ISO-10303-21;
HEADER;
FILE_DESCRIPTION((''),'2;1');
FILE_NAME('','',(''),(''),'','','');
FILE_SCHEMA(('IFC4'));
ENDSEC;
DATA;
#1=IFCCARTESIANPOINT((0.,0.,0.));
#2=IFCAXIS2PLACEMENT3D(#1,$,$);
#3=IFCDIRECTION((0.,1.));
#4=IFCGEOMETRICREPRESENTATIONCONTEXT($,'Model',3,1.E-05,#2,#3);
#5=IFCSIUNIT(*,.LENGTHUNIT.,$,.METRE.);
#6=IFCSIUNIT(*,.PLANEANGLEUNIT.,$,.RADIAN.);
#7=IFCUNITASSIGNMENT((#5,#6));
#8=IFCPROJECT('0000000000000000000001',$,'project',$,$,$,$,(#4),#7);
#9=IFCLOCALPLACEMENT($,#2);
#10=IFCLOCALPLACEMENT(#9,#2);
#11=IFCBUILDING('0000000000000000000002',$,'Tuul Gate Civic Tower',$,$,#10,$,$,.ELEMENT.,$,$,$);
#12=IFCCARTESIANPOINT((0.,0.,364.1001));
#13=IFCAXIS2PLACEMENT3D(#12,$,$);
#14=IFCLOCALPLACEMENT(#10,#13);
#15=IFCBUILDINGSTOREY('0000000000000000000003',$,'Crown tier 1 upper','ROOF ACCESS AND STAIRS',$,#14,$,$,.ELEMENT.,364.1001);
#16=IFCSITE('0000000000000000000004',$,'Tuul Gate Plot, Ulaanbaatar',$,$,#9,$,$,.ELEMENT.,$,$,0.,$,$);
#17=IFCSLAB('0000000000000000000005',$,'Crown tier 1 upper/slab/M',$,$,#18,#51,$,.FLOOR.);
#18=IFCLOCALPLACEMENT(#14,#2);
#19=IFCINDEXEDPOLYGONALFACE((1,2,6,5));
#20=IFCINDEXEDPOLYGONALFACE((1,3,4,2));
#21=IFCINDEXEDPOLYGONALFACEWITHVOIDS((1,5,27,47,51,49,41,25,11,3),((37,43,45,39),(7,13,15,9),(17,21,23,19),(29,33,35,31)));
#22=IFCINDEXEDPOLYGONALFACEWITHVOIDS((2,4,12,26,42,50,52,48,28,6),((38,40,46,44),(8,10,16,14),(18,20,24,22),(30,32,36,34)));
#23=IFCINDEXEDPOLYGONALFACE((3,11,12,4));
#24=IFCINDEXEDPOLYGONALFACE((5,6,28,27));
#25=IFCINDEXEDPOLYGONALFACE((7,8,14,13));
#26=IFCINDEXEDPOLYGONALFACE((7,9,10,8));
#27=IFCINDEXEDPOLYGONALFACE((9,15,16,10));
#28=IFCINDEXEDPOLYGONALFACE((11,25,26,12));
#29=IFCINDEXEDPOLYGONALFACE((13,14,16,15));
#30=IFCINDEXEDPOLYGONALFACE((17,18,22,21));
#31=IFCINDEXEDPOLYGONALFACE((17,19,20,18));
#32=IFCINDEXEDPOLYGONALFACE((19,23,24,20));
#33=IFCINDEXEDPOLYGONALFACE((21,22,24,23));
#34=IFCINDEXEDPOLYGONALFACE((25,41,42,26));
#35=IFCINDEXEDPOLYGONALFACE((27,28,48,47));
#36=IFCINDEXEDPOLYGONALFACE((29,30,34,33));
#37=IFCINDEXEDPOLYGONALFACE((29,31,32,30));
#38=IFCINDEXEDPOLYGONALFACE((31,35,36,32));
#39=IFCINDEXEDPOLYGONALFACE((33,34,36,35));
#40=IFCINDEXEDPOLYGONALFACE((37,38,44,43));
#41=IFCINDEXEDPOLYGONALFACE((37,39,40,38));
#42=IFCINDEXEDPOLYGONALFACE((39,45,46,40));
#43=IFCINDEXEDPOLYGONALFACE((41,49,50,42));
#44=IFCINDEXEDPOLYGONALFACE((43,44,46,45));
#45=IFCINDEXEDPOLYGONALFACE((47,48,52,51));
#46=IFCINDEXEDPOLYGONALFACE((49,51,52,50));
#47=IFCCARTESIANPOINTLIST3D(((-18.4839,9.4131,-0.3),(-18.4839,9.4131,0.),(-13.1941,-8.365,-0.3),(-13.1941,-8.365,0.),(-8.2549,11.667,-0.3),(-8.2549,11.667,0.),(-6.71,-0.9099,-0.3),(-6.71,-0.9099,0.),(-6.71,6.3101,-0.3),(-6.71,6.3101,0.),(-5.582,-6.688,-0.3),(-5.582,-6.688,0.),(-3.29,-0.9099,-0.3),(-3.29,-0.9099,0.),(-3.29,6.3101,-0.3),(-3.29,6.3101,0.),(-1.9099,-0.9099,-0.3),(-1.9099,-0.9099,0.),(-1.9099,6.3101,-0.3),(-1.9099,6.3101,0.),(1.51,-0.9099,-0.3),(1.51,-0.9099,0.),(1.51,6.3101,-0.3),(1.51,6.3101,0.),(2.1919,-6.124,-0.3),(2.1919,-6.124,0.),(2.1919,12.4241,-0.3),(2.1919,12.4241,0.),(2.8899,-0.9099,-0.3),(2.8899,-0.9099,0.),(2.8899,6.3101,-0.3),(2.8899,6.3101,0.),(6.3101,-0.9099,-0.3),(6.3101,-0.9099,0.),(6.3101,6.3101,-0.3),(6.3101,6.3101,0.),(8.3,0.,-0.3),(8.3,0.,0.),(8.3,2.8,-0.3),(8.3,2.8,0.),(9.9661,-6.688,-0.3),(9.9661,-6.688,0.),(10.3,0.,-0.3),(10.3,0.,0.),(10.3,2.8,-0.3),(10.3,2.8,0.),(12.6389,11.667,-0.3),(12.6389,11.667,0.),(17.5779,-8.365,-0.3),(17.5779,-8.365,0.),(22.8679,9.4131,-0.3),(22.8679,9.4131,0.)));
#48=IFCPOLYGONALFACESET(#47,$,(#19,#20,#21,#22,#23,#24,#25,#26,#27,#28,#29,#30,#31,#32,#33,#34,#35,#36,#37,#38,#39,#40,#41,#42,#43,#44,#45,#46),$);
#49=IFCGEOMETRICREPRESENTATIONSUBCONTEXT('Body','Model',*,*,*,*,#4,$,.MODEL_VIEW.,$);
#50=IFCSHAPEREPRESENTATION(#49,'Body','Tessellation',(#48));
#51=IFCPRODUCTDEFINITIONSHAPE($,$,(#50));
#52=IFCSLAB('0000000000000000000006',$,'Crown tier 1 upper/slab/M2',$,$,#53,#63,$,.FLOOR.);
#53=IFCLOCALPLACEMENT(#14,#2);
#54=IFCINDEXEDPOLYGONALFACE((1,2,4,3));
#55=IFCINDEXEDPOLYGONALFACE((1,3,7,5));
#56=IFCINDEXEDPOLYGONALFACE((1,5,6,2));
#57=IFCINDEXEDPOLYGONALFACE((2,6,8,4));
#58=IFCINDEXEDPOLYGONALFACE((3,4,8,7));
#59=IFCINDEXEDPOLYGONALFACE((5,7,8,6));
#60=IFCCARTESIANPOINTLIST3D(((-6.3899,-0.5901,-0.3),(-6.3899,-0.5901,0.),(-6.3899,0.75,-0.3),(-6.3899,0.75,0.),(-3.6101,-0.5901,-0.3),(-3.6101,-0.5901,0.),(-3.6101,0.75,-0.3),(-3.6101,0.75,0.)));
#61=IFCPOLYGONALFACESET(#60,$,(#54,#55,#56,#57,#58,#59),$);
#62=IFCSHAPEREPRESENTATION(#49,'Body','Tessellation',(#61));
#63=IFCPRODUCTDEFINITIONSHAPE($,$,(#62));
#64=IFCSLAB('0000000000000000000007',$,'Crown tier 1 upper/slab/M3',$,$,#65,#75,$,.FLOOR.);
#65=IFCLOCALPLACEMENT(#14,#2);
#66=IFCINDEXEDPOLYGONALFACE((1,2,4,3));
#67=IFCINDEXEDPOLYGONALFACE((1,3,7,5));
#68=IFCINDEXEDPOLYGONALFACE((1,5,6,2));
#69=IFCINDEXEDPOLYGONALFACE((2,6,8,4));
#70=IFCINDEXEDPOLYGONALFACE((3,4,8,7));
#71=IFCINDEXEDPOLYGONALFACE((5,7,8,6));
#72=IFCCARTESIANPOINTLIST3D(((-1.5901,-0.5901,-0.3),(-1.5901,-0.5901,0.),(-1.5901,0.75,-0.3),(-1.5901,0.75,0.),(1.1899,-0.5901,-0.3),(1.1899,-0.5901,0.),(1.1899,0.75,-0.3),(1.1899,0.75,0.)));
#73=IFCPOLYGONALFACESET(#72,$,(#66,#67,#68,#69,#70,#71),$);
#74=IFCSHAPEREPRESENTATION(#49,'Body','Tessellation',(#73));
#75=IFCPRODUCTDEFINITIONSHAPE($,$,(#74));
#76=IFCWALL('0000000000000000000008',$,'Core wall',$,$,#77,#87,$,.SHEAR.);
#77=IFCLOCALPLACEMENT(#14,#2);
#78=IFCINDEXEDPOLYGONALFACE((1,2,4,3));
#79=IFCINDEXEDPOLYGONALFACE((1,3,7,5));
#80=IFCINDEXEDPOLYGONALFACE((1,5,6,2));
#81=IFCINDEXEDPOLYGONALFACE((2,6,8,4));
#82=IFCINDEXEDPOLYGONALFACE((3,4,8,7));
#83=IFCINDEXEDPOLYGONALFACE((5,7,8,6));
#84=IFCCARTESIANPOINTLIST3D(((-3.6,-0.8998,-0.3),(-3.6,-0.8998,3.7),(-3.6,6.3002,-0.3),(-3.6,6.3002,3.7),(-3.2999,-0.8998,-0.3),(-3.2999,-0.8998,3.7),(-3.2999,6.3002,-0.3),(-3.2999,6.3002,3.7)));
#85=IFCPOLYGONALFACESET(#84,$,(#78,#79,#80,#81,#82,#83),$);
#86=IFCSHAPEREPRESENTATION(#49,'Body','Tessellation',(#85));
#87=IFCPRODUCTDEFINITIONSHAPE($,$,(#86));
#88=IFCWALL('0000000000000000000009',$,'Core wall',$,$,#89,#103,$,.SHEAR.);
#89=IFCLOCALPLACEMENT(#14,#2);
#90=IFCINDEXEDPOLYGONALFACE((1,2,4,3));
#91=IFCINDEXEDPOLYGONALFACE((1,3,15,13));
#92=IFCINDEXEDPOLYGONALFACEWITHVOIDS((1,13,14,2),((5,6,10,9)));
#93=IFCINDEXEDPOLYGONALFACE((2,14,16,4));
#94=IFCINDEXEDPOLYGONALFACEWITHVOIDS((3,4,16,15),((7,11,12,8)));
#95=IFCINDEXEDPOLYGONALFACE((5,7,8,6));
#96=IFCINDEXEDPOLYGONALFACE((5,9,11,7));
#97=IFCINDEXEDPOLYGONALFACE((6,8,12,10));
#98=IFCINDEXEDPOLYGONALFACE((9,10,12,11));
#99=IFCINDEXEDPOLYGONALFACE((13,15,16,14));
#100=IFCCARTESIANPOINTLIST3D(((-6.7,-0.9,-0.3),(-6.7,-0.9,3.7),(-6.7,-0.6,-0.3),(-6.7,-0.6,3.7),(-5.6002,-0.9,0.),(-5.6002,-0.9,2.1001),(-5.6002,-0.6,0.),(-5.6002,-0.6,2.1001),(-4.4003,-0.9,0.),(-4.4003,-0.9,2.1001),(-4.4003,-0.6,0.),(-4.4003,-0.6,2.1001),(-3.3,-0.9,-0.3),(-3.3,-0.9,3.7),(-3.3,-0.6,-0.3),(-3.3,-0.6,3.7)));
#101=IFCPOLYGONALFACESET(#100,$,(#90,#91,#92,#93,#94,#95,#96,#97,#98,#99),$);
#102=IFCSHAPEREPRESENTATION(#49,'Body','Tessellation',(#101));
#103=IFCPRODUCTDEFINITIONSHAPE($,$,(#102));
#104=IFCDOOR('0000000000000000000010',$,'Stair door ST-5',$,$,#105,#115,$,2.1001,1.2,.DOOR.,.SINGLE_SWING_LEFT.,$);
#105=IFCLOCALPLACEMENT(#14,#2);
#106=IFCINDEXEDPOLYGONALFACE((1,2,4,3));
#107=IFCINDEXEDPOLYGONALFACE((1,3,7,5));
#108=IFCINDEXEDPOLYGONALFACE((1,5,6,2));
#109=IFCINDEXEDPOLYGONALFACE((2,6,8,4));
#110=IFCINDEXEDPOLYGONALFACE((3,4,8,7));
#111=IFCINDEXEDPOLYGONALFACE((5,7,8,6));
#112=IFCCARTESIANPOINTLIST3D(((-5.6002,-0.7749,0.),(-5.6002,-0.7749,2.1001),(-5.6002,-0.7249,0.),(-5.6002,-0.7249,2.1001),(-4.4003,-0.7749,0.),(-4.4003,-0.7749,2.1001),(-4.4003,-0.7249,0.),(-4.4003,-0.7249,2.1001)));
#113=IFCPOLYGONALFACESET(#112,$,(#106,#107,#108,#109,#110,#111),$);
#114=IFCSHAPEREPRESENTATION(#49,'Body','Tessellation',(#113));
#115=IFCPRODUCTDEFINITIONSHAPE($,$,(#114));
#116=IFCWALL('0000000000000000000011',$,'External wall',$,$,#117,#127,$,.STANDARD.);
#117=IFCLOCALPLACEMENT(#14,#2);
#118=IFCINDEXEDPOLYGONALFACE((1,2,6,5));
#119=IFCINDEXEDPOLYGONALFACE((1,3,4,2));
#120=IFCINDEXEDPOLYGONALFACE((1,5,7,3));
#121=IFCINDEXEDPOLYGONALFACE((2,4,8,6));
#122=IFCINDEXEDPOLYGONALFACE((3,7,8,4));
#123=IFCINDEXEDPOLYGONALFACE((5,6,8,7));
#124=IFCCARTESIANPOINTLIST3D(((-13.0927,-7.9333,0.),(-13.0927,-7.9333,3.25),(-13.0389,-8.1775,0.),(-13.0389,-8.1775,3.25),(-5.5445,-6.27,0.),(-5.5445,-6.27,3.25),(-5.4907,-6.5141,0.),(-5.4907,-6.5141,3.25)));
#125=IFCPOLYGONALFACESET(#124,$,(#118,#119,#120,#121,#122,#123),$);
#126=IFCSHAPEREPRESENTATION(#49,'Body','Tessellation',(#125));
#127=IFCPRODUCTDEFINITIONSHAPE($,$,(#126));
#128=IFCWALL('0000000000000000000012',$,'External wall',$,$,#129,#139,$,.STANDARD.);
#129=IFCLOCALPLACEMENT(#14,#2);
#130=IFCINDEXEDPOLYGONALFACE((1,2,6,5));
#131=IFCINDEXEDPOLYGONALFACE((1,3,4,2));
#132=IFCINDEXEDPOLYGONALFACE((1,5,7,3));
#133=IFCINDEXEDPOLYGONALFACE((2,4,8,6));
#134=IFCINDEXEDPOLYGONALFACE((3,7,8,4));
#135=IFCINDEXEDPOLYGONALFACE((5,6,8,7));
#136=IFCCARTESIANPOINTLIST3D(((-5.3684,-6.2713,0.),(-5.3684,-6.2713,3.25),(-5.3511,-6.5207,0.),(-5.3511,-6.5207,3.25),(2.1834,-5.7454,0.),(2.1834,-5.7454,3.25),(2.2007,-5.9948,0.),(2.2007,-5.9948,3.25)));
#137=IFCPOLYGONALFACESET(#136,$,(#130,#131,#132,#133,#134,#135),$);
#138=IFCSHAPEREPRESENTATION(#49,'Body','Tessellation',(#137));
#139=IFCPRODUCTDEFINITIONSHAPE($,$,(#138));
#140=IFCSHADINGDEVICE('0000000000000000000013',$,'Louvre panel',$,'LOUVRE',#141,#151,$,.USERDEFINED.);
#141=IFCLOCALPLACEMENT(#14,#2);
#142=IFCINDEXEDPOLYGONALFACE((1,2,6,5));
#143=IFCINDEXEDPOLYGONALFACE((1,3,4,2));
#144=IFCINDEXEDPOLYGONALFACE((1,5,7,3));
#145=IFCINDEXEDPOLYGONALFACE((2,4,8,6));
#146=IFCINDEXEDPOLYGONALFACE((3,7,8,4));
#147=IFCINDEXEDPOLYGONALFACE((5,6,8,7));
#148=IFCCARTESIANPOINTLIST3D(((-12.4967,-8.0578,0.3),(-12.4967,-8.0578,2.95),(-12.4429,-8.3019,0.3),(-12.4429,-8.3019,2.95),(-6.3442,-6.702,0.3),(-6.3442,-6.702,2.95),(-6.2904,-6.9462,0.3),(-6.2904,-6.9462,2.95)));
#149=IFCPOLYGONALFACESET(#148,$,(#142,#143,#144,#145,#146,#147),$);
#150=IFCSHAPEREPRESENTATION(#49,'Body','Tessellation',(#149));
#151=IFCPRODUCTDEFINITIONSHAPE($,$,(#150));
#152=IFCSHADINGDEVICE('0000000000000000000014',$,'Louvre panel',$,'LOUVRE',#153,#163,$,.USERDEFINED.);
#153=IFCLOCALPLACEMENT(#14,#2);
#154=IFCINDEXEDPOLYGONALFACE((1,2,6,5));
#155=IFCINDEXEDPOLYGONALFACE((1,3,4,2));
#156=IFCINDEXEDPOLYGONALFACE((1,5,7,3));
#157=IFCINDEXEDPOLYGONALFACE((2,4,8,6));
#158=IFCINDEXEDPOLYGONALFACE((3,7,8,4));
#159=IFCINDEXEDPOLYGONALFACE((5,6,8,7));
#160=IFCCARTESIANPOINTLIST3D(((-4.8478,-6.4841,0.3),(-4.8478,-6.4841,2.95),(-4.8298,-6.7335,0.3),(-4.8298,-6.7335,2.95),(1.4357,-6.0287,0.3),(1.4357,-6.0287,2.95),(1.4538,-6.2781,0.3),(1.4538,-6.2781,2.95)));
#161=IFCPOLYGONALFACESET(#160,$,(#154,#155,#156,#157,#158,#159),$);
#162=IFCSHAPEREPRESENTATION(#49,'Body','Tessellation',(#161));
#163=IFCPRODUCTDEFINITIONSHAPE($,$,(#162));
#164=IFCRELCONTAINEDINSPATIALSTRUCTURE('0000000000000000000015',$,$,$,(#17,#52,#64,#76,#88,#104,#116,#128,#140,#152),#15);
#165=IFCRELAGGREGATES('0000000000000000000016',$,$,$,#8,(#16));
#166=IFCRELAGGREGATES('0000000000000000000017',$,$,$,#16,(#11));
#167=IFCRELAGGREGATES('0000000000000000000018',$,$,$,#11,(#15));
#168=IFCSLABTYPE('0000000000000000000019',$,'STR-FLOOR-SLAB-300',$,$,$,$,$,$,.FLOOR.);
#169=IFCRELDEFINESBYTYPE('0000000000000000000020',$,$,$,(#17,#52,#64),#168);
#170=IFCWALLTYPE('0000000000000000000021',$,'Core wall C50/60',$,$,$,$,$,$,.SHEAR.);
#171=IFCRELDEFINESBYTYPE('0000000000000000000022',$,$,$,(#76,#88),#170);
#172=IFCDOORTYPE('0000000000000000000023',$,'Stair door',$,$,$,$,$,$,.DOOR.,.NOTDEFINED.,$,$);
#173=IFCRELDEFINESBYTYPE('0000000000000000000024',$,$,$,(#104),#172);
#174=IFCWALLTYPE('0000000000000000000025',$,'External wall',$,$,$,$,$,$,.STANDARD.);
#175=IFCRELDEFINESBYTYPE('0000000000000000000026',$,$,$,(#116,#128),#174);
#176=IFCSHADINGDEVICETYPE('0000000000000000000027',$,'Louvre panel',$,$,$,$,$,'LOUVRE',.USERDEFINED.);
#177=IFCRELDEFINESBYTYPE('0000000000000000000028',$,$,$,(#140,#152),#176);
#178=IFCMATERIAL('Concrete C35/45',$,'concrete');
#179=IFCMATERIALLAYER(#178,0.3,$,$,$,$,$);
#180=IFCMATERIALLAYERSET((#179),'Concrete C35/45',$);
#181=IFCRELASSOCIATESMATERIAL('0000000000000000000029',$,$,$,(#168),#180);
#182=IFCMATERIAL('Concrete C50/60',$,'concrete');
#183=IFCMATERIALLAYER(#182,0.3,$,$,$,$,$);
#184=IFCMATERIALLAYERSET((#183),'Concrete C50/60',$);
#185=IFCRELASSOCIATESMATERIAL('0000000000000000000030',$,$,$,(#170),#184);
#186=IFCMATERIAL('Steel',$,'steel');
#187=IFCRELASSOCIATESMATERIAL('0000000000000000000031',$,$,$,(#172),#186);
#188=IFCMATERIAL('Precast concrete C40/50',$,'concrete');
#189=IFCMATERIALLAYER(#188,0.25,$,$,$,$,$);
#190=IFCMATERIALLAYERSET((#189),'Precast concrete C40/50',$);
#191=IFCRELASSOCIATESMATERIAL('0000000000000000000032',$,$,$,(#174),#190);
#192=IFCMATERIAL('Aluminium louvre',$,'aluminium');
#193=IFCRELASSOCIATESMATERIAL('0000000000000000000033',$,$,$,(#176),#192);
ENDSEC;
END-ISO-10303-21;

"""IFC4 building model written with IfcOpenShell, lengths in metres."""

from ifc_helpers import new_model, si_unit, direction, frame, frame_2d, origin, origin_2d, place, context, subcontext, project, spatial, polyline, rectangle, outline, extrude, material, layer, layer_set, type_object, element, fill, save


model = new_model("IFC4")

# Units and contexts
model_context = context("Model", 3, precision=1e-05, world=origin(), true_north=direction((0.0, 1.0)))
body_context = subcontext(model_context, "Body", "Model", "MODEL_VIEW")
ifc_project = project(units=[si_unit("LENGTHUNIT", "METRE"), si_unit("PLANEANGLEUNIT", "RADIAN")], contexts=[model_context])

# Site, building, storey
site_placement = place(None, origin())
site = spatial("IfcSite", under=ifc_project, at=site_placement, Name="Tuul Gate Plot, Ulaanbaatar", CompositionType="ELEMENT", RefElevation=0.0)
building_placement = place(site_placement, origin())
building = spatial("IfcBuilding", under=site, at=building_placement, Name="Tuul Gate Civic Tower", CompositionType="ELEMENT")
storey_placement = place(building_placement, frame((0.0, 0.0, 364.1001)))
storey = spatial("IfcBuildingStorey", under=building, at=storey_placement, Name="Crown tier 1 upper", Description="ROOF ACCESS AND STAIRS", CompositionType="ELEMENT", Elevation=364.1001)

# Slabs
ifc_material_1 = material(Name="Concrete C35/45", Category="concrete")
ifc_layer_1 = layer(ifc_material_1, 0.3)
ifc_layer_set_1 = layer_set([ifc_layer_1], Name="Concrete C35/45")
slab_type_1 = type_object("IfcSlabType", Name="STR-FLOOR-SLAB-300", PredefinedType="FLOOR", material=ifc_layer_set_1)
slab_1_placement = place(storey_placement, frame((0.0, 0.0, -0.3)))
element("IfcSlab", 1, at=slab_1_placement, inside=storey, type_object=slab_type_1, Name="Crown tier 1 upper/slab/M", PredefinedType="FLOOR", context=body_context, shape_type="SweptSolid", body=[
    extrude(outline(polyline([(17.5779, -8.365), (22.8679, 9.4131), (12.6389, 11.667), (2.1919, 12.4241), (-8.2549, 11.667), (-18.4839, 9.4131), (-13.1941, -8.365), (-5.582, -6.688), (2.1919, -6.124), (9.9661, -6.688), (17.5779, -8.365)]), holes=[polyline([(10.3, 0.0), (8.3, 0.0), (8.3, 2.8), (10.3, 2.8), (10.3, 0.0)]), polyline([(-6.71, -0.9099), (-6.71, 6.3101), (-3.29, 6.3101), (-3.29, -0.9099), (-6.71, -0.9099)]), polyline([(-1.9099, -0.9099), (-1.9099, 6.3101), (1.51, 6.3101), (1.51, -0.9099), (-1.9099, -0.9099)]), polyline([(2.8899, -0.9099), (2.8899, 6.3101), (6.3101, 6.3101), (6.3101, -0.9099), (2.8899, -0.9099)])]), origin(), (0.0, 0.0, 1.0), 0.3),
])
slab_2_placement = place(storey_placement, frame((0.0, 0.0, -0.3)))
element("IfcSlab", 2, at=slab_2_placement, inside=storey, type_object=slab_type_1, Name="Crown tier 1 upper/slab/M2", PredefinedType="FLOOR", context=body_context, shape_type="SweptSolid", body=[
    extrude(outline(polyline([(-3.6101, 0.75), (-6.3899, 0.75), (-6.3899, -0.5901), (-3.6101, -0.5901), (-3.6101, 0.75)])), origin(), (0.0, 0.0, 1.0), 0.3),
])
slab_3_placement = place(storey_placement, frame((0.0, 0.0, -0.3)))
element("IfcSlab", 3, at=slab_3_placement, inside=storey, type_object=slab_type_1, Name="Crown tier 1 upper/slab/M3", PredefinedType="FLOOR", context=body_context, shape_type="SweptSolid", body=[
    extrude(outline(polyline([(1.1899, 0.75), (-1.5901, 0.75), (-1.5901, -0.5901), (1.1899, -0.5901), (1.1899, 0.75)])), origin(), (0.0, 0.0, 1.0), 0.3),
])

# Wall
ifc_material_2 = material(Name="Concrete C50/60", Category="concrete")
ifc_layer_2 = layer(ifc_material_2, 0.3)
ifc_layer_set_2 = layer_set([ifc_layer_2], Name="Concrete C50/60")
wall_type_1 = type_object("IfcWallType", Name="Core wall C50/60", PredefinedType="SHEAR", material=ifc_layer_set_2)
wall_1_placement = place(storey_placement, frame((-3.45, -0.8999, -0.3), z_axis=(0.0, 0.0, 1.0), x_axis=(0.0, 1.0, 0.0)))
element("IfcWall", 4, at=wall_1_placement, inside=storey, type_object=wall_type_1, Name="Core wall", PredefinedType="SHEAR", context=body_context, shape_type="SweptSolid", body=[
    extrude(rectangle(XDim=7.2, YDim=0.3, at=frame_2d((3.6001, 0.0))), origin(), (0.0, 0.0, 1.0), 4.0),
])

# Wall, opening, door
wall_2_placement = place(storey_placement, frame((-3.3, -0.75, -0.3), z_axis=(0.0, 0.0, 1.0), x_axis=(-1.0, 0.0, 0.0)))
wall_2 = element("IfcWall", 5, at=wall_2_placement, inside=storey, type_object=wall_type_1, Name="Core wall", PredefinedType="SHEAR", context=body_context, shape_type="SweptSolid", body=[
    extrude(rectangle(XDim=3.3999, YDim=0.3, at=frame_2d((1.7, 0.0))), origin(), (0.0, 0.0, 1.0), 4.0),
])
opening_placement = place(wall_2_placement, frame((1.1001, 0.0, 0.3)))
opening = element("IfcOpeningElement", 6, at=opening_placement, cuts=wall_2, PredefinedType="OPENING", context=body_context, shape_type="SweptSolid", body=[
    extrude(rectangle(XDim=1.2, YDim=2.1001, at=frame_2d((0.6001, 1.05))), frame((0.0, 0.1602, 0.0), z_axis=(0.0, -1.0, 0.0), x_axis=(1.0, 0.0, 0.0)), (0.0, 0.0, 1.0), 0.3201),
])
ifc_material_3 = material(Name="Steel", Category="steel")
door_type = type_object("IfcDoorType", Name="Stair door", OperationType="NOTDEFINED", PredefinedType="DOOR", material=ifc_material_3)
door_placement = place(opening_placement, origin())
door = element("IfcDoor", 7, at=door_placement, inside=storey, type_object=door_type, Name="Stair door ST-5", OperationType="SINGLE_SWING_LEFT", OverallHeight=2.1001, OverallWidth=1.2, PredefinedType="DOOR", context=body_context, shape_type="SweptSolid", body=[
    extrude(rectangle(XDim=1.2, YDim=2.1001, at=frame_2d((0.6001, 1.05))), frame((0.0, 0.0249, 0.0), z_axis=(0.0, -1.0, 0.0), x_axis=(1.0, 0.0, 0.0)), (0.0, 0.0, 1.0), 0.05),
])
fill(opening, door)

# Walls
ifc_material_4 = material(Name="Precast concrete C40/50", Category="concrete")
ifc_layer_3 = layer(ifc_material_4, 0.25)
ifc_layer_set_3 = layer_set([ifc_layer_3], Name="Precast concrete C40/50")
wall_type_2 = type_object("IfcWallType", Name="External wall", PredefinedType="STANDARD", material=ifc_layer_set_3)
wall_3_placement = place(storey_placement, frame((-13.0659, -8.0554, 0.0), z_axis=(0.0, 0.0, 1.0), x_axis=(0.97657, 0.215201, 0.0)))
element("IfcWall", 8, at=wall_3_placement, inside=storey, type_object=wall_type_2, Name="External wall", PredefinedType="STANDARD", context=body_context, shape_type="SweptSolid", body=[
    extrude(rectangle(XDim=7.7292, YDim=0.25, at=frame_2d((3.8647, 0.0))), origin(), (0.0, 0.0, 1.0), 3.25),
])
wall_4_placement = place(storey_placement, frame((-5.3599, -6.396, 0.0), z_axis=(0.0, 0.0, 1.0), x_axis=(0.997584, 0.069468, 0.0)))
element("IfcWall", 9, at=wall_4_placement, inside=storey, type_object=wall_type_2, Name="External wall", PredefinedType="STANDARD", context=body_context, shape_type="SweptSolid", body=[
    extrude(rectangle(XDim=7.5701, YDim=0.25, at=frame_2d((3.7852, 0.0))), origin(), (0.0, 0.0, 1.0), 3.25),
])

# Shading devices
ifc_material_5 = material(Name="Aluminium louvre", Category="aluminium")
shading_device_type = type_object("IfcShadingDeviceType", Name="Louvre panel", ElementType="LOUVRE", PredefinedType="USERDEFINED", material=ifc_material_5)
for number, where, z_axis, x_axis, name in (
    (10, (-9.3936, -7.502, 0.3), (0.0, 0.0, 1.0), (0.215196, -0.976571, 0.0), "Louvre panel"),
    (11, (-1.697, -6.3811, 0.3), (0.0, 0.0, 1.0), (0.072283, -0.997384, 0.0), "Louvre panel"),
):
    element("IfcShadingDevice", number, at=place(storey_placement, frame(where, z_axis=z_axis, x_axis=x_axis)), inside=storey, type_object=shading_device_type, Name=name, ObjectType="LOUVRE", PredefinedType="USERDEFINED", context=body_context, shape_type="SweptSolid", body=[
        extrude(rectangle(XDim=0.25, YDim=6.3, at=origin_2d()), origin(), (0.0, 0.0, 1.0), 2.6499),
    ])

save(model, "model.ifc")
